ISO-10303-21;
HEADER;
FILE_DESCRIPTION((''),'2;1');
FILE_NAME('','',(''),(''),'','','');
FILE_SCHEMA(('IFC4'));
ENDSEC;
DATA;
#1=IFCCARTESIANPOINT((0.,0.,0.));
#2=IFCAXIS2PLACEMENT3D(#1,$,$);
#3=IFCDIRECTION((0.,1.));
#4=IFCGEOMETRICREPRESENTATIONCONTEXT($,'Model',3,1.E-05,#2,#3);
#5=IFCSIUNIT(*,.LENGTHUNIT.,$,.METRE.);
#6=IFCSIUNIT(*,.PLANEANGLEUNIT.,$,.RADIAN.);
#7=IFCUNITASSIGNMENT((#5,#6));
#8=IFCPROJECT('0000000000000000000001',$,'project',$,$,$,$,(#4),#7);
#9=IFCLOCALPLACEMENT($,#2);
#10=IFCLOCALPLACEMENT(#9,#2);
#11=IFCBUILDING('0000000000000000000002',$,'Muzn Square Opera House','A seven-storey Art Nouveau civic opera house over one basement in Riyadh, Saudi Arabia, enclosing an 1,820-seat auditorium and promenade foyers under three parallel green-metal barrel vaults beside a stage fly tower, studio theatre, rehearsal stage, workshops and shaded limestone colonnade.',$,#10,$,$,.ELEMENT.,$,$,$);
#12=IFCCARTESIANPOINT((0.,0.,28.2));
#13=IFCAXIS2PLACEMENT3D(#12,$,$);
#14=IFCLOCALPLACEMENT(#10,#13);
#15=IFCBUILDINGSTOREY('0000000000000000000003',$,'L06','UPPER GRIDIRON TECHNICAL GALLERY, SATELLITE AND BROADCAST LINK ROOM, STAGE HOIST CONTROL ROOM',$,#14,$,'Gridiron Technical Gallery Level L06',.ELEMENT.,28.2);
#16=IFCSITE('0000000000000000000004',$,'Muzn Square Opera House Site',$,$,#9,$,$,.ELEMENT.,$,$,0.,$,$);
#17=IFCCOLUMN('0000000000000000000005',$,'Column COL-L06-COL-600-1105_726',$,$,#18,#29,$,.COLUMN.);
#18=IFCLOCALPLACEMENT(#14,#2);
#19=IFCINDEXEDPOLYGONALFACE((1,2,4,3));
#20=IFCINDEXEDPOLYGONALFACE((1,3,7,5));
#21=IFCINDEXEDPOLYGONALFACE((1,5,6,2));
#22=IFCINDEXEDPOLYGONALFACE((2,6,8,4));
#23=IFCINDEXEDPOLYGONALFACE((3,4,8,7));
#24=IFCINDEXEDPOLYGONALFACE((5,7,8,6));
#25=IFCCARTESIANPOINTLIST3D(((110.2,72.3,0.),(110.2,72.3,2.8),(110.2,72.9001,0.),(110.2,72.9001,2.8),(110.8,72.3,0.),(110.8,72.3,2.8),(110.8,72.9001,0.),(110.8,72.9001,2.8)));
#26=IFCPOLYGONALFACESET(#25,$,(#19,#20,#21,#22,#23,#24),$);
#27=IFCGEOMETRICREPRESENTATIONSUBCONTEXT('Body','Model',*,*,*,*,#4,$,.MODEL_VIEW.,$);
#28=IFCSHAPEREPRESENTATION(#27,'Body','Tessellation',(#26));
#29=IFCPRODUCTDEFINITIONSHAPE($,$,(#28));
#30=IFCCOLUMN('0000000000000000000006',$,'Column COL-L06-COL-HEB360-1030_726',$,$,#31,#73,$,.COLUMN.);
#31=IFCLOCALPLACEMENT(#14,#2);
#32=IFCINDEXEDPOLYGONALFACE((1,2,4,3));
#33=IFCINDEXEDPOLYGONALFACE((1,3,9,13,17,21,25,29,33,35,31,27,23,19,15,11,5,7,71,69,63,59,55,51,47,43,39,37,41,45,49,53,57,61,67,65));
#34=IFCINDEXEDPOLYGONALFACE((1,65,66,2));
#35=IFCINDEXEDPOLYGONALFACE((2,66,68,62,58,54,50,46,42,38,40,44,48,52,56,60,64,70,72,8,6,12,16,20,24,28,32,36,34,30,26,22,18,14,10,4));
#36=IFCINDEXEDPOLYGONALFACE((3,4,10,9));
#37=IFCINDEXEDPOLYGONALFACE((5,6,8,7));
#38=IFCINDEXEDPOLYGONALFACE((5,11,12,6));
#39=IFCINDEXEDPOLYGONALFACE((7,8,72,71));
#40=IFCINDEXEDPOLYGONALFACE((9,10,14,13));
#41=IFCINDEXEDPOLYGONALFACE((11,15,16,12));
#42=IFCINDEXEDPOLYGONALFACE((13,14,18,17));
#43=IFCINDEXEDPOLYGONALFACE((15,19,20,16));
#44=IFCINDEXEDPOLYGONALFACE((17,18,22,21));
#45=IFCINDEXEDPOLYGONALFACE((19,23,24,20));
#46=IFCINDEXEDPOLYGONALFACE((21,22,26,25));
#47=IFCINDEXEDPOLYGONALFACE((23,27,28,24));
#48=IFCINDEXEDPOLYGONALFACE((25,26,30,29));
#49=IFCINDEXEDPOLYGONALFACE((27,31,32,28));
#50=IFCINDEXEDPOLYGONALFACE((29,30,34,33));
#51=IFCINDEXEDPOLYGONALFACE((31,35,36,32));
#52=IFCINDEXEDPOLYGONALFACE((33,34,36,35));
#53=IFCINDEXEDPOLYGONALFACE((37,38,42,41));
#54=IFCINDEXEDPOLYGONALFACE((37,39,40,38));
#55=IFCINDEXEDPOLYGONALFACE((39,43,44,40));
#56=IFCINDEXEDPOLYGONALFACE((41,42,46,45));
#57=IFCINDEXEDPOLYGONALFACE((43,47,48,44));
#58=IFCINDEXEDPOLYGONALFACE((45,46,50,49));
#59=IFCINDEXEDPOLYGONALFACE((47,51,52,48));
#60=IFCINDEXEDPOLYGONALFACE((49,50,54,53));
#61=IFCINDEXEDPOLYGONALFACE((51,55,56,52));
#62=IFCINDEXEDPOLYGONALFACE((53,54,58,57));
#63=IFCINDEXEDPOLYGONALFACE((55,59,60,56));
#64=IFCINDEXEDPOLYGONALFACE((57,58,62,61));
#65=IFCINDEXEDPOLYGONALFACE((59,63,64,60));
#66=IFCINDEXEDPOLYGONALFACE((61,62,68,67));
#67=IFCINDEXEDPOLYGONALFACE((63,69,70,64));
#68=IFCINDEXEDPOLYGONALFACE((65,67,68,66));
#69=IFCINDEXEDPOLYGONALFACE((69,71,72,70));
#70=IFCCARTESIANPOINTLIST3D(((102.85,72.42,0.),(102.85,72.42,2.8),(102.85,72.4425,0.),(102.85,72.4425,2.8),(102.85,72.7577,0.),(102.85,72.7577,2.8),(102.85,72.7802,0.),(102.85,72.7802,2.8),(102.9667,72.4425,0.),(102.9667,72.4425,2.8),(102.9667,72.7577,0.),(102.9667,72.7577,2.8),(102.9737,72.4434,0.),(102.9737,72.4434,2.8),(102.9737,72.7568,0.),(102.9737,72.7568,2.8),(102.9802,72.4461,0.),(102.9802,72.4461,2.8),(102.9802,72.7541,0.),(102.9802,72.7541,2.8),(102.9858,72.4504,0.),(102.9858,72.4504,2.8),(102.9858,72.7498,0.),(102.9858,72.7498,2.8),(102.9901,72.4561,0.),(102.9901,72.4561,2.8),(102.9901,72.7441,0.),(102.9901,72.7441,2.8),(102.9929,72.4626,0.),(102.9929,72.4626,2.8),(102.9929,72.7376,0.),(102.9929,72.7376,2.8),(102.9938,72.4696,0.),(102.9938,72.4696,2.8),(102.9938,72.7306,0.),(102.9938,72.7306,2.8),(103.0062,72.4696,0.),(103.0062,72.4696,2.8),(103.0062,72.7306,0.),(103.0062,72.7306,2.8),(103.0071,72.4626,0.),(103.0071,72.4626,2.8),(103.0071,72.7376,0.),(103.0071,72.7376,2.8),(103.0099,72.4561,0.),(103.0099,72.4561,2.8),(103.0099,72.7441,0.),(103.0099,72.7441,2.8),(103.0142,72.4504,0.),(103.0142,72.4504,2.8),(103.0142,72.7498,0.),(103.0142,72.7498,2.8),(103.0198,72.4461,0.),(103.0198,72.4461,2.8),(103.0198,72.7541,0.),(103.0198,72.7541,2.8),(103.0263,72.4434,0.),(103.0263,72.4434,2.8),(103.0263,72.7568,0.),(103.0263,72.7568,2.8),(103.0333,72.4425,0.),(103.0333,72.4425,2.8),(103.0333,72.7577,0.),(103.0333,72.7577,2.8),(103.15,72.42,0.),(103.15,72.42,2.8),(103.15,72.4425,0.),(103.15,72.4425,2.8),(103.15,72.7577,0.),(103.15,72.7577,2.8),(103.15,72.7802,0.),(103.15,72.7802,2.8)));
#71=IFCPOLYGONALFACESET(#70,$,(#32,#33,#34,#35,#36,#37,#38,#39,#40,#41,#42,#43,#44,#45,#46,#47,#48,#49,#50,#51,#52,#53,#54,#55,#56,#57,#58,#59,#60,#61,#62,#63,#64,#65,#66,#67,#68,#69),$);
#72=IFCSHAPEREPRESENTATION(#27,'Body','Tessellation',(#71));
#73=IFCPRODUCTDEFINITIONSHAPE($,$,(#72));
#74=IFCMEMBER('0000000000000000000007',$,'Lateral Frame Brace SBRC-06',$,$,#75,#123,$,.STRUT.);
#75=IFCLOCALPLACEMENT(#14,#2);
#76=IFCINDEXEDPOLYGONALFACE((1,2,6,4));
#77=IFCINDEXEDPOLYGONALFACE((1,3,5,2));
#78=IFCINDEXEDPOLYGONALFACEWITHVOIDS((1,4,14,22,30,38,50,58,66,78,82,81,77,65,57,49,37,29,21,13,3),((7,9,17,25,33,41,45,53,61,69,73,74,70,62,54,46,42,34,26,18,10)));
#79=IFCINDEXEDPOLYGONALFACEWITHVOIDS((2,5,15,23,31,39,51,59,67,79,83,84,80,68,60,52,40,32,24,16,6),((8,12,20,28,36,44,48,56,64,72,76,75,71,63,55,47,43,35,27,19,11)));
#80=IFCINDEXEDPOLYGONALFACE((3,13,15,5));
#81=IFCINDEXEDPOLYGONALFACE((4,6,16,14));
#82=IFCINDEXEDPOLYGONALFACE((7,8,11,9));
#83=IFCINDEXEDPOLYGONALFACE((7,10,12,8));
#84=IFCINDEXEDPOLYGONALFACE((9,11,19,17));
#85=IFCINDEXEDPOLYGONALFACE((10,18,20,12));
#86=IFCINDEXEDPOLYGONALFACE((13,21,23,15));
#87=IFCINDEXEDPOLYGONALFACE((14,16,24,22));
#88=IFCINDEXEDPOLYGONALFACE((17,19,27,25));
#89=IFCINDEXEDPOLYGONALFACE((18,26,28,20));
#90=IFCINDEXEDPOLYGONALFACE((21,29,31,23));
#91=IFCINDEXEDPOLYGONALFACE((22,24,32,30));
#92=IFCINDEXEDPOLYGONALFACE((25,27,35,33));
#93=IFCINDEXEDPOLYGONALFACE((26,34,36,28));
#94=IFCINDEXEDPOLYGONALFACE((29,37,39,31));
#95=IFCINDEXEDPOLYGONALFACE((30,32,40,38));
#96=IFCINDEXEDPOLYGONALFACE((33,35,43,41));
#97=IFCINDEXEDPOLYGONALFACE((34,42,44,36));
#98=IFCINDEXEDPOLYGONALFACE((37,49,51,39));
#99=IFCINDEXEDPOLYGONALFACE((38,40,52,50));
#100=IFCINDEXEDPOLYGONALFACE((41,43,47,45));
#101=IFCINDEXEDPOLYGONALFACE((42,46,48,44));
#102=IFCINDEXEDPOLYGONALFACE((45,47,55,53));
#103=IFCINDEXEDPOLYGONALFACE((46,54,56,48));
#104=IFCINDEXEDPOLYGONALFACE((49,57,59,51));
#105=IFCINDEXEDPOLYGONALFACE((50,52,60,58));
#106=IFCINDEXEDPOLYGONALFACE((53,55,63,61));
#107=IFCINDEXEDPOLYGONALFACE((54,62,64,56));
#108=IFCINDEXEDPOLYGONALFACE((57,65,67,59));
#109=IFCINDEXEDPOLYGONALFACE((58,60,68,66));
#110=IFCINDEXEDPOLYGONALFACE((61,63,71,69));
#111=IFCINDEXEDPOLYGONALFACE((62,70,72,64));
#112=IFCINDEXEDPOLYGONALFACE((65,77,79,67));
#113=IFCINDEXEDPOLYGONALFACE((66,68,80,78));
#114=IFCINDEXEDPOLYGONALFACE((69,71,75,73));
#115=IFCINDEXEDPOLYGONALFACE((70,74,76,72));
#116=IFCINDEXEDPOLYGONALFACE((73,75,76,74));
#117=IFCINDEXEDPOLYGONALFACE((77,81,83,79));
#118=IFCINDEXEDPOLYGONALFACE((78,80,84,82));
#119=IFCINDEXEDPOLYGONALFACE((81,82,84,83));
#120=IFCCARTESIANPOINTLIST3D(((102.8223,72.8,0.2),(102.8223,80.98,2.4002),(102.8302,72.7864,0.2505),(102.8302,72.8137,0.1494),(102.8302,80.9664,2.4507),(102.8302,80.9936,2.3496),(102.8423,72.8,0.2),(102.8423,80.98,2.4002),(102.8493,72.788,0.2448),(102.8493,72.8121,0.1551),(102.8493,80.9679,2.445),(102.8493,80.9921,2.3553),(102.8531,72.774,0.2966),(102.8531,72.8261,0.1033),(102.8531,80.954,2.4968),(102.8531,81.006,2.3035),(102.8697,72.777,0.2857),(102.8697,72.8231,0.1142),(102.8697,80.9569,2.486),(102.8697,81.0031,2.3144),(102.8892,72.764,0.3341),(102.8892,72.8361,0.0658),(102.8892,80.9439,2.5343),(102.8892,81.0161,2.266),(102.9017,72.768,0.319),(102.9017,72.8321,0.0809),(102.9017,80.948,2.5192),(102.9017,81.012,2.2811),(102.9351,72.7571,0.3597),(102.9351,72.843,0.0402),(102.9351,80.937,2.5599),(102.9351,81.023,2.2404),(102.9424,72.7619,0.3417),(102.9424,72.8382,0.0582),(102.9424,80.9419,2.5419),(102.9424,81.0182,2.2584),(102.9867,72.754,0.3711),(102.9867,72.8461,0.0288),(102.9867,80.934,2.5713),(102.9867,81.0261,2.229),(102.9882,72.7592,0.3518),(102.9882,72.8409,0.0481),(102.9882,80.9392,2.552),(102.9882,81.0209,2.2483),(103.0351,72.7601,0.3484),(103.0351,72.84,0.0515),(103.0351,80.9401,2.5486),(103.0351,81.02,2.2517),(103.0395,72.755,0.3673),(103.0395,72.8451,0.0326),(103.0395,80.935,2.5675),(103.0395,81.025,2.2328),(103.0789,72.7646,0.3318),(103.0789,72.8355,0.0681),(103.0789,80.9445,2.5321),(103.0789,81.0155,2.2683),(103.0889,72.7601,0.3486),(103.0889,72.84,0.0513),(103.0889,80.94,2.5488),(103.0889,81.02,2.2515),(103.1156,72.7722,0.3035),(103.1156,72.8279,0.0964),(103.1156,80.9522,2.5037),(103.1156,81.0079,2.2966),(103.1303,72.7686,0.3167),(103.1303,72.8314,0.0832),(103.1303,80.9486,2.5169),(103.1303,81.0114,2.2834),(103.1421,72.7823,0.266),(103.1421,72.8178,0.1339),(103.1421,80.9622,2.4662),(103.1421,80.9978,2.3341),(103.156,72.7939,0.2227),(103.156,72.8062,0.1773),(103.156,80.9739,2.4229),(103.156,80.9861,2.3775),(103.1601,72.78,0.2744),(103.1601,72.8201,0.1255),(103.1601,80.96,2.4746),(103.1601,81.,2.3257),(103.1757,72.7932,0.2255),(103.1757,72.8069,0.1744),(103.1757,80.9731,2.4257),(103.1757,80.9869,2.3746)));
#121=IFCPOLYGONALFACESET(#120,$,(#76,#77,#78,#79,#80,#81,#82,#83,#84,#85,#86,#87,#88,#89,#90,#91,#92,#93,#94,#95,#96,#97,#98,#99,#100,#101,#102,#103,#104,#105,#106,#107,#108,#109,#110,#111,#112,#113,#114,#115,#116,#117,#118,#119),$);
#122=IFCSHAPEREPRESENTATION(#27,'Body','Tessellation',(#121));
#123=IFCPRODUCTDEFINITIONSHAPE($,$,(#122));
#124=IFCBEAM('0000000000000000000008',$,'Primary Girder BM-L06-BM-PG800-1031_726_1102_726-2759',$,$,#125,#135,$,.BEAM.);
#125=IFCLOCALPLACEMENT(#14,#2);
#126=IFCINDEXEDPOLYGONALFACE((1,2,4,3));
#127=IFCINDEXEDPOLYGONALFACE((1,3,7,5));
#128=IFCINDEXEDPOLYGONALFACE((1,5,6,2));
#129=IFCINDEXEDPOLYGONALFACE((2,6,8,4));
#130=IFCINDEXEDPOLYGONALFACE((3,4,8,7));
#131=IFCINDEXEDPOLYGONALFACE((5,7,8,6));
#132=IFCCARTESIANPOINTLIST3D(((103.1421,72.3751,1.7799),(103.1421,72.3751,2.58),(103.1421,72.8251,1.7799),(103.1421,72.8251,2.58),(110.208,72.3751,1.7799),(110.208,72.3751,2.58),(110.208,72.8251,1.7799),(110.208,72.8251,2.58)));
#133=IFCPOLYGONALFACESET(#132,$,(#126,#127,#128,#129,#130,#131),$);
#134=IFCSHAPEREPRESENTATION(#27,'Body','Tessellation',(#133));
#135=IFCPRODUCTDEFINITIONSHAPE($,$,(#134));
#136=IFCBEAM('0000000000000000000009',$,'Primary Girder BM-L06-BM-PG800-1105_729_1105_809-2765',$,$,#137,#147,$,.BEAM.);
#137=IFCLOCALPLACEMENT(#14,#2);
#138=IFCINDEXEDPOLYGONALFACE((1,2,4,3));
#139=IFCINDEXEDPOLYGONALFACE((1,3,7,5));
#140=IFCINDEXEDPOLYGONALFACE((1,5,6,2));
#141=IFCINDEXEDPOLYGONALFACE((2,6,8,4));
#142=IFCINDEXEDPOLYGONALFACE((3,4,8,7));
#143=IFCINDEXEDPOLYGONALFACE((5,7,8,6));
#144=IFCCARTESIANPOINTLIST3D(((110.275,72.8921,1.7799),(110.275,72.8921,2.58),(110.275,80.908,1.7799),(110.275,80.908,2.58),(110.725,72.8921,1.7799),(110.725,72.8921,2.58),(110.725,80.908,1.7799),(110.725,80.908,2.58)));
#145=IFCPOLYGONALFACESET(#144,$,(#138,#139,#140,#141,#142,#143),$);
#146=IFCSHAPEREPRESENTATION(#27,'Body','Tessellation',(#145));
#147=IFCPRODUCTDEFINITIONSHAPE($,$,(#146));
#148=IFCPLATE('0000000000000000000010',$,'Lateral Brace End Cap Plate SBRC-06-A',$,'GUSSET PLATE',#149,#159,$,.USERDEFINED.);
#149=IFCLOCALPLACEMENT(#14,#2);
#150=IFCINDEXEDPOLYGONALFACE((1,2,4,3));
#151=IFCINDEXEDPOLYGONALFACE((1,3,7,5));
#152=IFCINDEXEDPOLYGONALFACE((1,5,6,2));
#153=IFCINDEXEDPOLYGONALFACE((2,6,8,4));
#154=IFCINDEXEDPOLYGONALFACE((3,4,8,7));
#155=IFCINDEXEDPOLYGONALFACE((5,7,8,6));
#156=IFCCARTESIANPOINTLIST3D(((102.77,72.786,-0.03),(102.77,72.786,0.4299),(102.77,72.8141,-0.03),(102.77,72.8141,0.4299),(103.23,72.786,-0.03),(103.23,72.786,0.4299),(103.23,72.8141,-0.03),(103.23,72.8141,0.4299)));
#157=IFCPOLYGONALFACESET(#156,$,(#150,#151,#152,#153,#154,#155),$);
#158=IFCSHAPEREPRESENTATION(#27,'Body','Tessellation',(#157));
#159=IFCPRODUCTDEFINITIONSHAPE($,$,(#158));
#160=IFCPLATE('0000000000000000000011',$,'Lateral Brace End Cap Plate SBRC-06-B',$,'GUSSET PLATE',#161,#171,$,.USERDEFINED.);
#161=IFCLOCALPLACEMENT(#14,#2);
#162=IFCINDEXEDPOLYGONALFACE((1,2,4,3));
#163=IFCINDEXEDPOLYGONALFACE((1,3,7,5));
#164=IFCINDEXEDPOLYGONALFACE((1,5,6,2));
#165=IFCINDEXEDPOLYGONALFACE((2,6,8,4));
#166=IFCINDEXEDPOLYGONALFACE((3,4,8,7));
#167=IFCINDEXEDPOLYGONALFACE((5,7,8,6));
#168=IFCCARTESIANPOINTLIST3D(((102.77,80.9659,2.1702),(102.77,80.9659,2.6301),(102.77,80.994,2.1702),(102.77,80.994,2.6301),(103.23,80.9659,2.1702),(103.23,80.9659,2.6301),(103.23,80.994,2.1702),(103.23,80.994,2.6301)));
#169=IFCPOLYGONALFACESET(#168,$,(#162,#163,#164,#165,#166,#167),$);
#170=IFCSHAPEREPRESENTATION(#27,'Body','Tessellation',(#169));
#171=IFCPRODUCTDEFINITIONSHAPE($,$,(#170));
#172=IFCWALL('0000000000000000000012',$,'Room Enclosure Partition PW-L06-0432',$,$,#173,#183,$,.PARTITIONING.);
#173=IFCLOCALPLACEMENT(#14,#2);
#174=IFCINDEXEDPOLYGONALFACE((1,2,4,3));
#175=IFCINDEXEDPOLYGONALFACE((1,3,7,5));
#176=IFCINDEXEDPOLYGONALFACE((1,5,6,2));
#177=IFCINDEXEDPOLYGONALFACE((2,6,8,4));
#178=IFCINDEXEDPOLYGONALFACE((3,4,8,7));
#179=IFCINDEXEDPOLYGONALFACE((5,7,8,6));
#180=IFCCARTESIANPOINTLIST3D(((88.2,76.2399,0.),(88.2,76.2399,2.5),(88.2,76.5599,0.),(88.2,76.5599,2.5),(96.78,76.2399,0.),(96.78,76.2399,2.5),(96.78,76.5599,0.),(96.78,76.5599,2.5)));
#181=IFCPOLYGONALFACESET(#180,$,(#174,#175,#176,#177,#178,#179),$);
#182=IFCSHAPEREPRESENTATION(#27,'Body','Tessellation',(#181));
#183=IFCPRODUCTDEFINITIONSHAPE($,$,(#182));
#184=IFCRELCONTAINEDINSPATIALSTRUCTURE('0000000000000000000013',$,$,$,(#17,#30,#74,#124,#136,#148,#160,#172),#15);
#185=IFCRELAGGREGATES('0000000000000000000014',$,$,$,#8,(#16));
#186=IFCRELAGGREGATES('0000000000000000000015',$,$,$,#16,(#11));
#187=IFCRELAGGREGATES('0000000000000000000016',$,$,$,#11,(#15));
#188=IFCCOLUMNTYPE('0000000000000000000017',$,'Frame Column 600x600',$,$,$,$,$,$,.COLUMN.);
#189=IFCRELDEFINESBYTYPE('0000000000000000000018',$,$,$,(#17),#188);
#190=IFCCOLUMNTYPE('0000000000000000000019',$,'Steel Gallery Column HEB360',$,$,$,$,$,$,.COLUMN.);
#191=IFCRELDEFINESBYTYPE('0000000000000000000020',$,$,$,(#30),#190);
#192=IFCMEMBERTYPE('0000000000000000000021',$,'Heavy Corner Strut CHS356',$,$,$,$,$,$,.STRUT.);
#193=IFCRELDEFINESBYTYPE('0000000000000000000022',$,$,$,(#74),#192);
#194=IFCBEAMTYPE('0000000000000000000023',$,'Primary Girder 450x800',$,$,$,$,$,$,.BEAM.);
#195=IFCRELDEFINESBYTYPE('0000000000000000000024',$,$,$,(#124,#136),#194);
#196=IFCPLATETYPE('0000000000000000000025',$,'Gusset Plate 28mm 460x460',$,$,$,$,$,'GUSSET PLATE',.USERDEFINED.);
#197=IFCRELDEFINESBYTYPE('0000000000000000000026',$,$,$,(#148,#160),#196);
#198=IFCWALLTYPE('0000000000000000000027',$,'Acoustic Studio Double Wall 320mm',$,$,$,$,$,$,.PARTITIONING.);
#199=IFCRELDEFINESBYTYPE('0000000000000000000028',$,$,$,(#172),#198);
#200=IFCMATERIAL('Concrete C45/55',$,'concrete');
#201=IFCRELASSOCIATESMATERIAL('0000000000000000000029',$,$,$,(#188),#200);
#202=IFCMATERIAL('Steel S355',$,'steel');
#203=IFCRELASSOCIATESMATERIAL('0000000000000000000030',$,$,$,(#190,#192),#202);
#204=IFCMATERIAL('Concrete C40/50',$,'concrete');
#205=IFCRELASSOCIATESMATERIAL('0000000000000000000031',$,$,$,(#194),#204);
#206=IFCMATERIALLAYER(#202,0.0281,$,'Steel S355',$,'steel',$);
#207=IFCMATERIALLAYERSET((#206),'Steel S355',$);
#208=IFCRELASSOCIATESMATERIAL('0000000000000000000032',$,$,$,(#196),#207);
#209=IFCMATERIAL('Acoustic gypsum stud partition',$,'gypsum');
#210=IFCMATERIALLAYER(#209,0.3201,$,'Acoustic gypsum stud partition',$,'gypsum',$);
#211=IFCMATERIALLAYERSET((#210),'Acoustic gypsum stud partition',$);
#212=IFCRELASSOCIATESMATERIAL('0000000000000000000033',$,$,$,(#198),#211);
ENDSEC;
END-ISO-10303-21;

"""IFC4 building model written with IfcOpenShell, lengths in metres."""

from ifc_helpers import new_model, si_unit, direction, frame, frame_2d, origin, origin_2d, place, context, subcontext, project, spatial, rectangle, hollow_circle, i_section, extrude, material, layer, layer_set, material_profile, profile_set, type_object, element, save


model = new_model("IFC4")

# Units and contexts
model_context = context("Model", 3, precision=1e-05, world=origin(), true_north=direction((0.0, 1.0)))
body_context = subcontext(model_context, "Body", "Model", "MODEL_VIEW")
ifc_project = project(units=[si_unit("LENGTHUNIT", "METRE"), si_unit("PLANEANGLEUNIT", "RADIAN")], contexts=[model_context])

# Site, building, storey
site_placement = place(None, origin())
site = spatial("IfcSite", under=ifc_project, at=site_placement, Name="Muzn Square Opera House Site", CompositionType="ELEMENT", RefElevation=0.0)
building_placement = place(site_placement, origin())
building = spatial("IfcBuilding", under=site, at=building_placement, Name="Muzn Square Opera House", Description="A seven-storey Art Nouveau civic opera house over one basement in Riyadh, Saudi Arabia, enclosing an 1,820-seat auditorium and promenade foyers under three parallel green-metal barrel vaults beside a stage fly tower, studio theatre, rehearsal stage, workshops and shaded limestone colonnade.", CompositionType="ELEMENT")
storey_placement = place(building_placement, frame((0.0, 0.0, 28.2)))
storey = spatial("IfcBuildingStorey", under=building, at=storey_placement, Name="L06", Description="UPPER GRIDIRON TECHNICAL GALLERY, SATELLITE AND BROADCAST LINK ROOM, STAGE HOIST CONTROL ROOM", LongName="Gridiron Technical Gallery Level L06", CompositionType="ELEMENT", Elevation=28.2)

# Columns
ifc_material_1 = material(Name="Concrete C45/55", Category="concrete")
ifc_material_profile_1 = material_profile(ifc_material_1, rectangle(XDim=0.6001, YDim=0.6001, at=origin_2d()), Name="RC 600x600", Category="concrete")
ifc_profile_set_1 = profile_set([ifc_material_profile_1], Name="Concrete C45/55")
column_type_1 = type_object("IfcColumnType", Name="Frame Column 600x600", PredefinedType="COLUMN", material=ifc_profile_set_1)
column_1_placement = place(storey_placement, frame((110.5, 72.6001, 0.0), z_axis=(0.0, 0.0, 1.0), x_axis=(1.0, 0.0, 0.0)))
element("IfcColumn", 1, at=column_1_placement, inside=storey, type_object=column_type_1, Name="Column COL-L06-COL-600-1105_726", PredefinedType="COLUMN", context=body_context, shape_type="SweptSolid", body=[
    extrude(rectangle(XDim=0.6001, YDim=0.6001, at=origin_2d()), origin(), (0.0, 0.0, 1.0), 2.8),
])
ifc_material_2 = material(Name="Steel S355", Category="steel")
ifc_material_profile_2 = material_profile(ifc_material_2, i_section(OverallWidth=0.3, OverallDepth=0.3601, WebThickness=0.0125, FlangeThickness=0.0225, FilletRadius=0.0271, at=origin_2d()), Name="HEB 360", Category="steel")
ifc_profile_set_2 = profile_set([ifc_material_profile_2], Name="Steel S355")
column_type_2 = type_object("IfcColumnType", Name="Steel Gallery Column HEB360", PredefinedType="COLUMN", material=ifc_profile_set_2)
column_2_placement = place(storey_placement, frame((103.0, 72.6001, 0.0), z_axis=(0.0, 0.0, 1.0), x_axis=(1.0, 0.0, 0.0)))
element("IfcColumn", 2, at=column_2_placement, inside=storey, type_object=column_type_2, Name="Column COL-L06-COL-HEB360-1030_726", PredefinedType="COLUMN", context=body_context, shape_type="SweptSolid", body=[
    extrude(i_section(OverallWidth=0.3, OverallDepth=0.3601, WebThickness=0.0125, FlangeThickness=0.0225, FilletRadius=0.0271, at=origin_2d()), origin(), (0.0, 0.0, 1.0), 2.8),
])

# Member
ifc_material_profile_3 = material_profile(ifc_material_2, hollow_circle(Radius=0.1777, WallThickness=0.02, at=origin_2d()), Name="CHS 355.6x20", Category="steel")
ifc_profile_set_3 = profile_set([ifc_material_profile_3], Name="Steel S355")
member_type = type_object("IfcMemberType", Name="Heavy Corner Strut CHS356", PredefinedType="STRUT", material=ifc_profile_set_3)
member_placement = place(storey_placement, frame((103.0, 72.8, 0.2), z_axis=(0.0, 0.965678, 0.259743), x_axis=(-1.0, 0.0, 0.0)))
element("IfcMember", 3, at=member_placement, inside=storey, type_object=member_type, Name="Lateral Frame Brace SBRC-06", PredefinedType="STRUT", context=body_context, shape_type="SweptSolid", body=[
    extrude(hollow_circle(Radius=0.1777, WallThickness=0.02, at=origin_2d()), origin(), (0.0, 0.0, 1.0), 8.4707),
])

# Beams
ifc_material_3 = material(Name="Concrete C40/50", Category="concrete")
ifc_material_profile_4 = material_profile(ifc_material_3, rectangle(XDim=0.45, YDim=0.8, at=origin_2d()), Name="RCB 450x800", Category="concrete")
ifc_profile_set_4 = profile_set([ifc_material_profile_4], Name="Concrete C40/50")
beam_type = type_object("IfcBeamType", Name="Primary Girder 450x800", PredefinedType="BEAM", material=ifc_profile_set_4)
beam_1_placement = place(storey_placement, frame((103.1421, 72.6001, 2.1799), z_axis=(1.0, 0.0, 0.0), x_axis=(0.0, 1.0, 0.0)))
element("IfcBeam", 4, at=beam_1_placement, inside=storey, type_object=beam_type, Name="Primary Girder BM-L06-BM-PG800-1031_726_1102_726-2759", PredefinedType="BEAM", context=body_context, shape_type="SweptSolid", body=[
    extrude(rectangle(XDim=0.45, YDim=0.8, at=origin_2d()), origin(), (0.0, 0.0, 1.0), 7.0659),
])
beam_2_placement = place(storey_placement, frame((110.5, 72.8921, 2.1799), z_axis=(0.0, 1.0, 0.0), x_axis=(-1.0, 0.0, 0.0)))
element("IfcBeam", 5, at=beam_2_placement, inside=storey, type_object=beam_type, Name="Primary Girder BM-L06-BM-PG800-1105_729_1105_809-2765", PredefinedType="BEAM", context=body_context, shape_type="SweptSolid", body=[
    extrude(rectangle(XDim=0.45, YDim=0.8, at=origin_2d()), origin(), (0.0, 0.0, 1.0), 8.0159),
])

# Plates
ifc_layer_1 = layer(ifc_material_2, 0.0281, Name="Steel S355", Category="steel")
ifc_layer_set_1 = layer_set([ifc_layer_1], Name="Steel S355")
plate_type = type_object("IfcPlateType", Name="Gusset Plate 28mm 460x460", ElementType="GUSSET PLATE", PredefinedType="USERDEFINED", material=ifc_layer_set_1)
for number, where, z_axis, x_axis, name in (
    (6, (103.0, 72.8, -0.03), (0.0, 0.0, 1.0), (1.0, 0.0, 0.0), "Lateral Brace End Cap Plate SBRC-06-A"),
    (7, (103.0, 80.98, 2.1702), (0.0, 0.0, 1.0), (1.0, 0.0, 0.0), "Lateral Brace End Cap Plate SBRC-06-B"),
):
    element("IfcPlate", number, at=place(storey_placement, frame(where, z_axis=z_axis, x_axis=x_axis)), inside=storey, type_object=plate_type, Name=name, ObjectType="GUSSET PLATE", PredefinedType="USERDEFINED", context=body_context, shape_type="SweptSolid", body=[
        extrude(rectangle(XDim=0.46, YDim=0.0281, at=origin_2d()), origin(), (0.0, 0.0, 1.0), 0.46),
    ])

# Shared definitions
ifc_material_4 = material(Name="Acoustic gypsum stud partition", Category="gypsum")
ifc_layer_2 = layer(ifc_material_4, 0.3201, Name="Acoustic gypsum stud partition", Category="gypsum")
ifc_layer_set_2 = layer_set([ifc_layer_2], Name="Acoustic gypsum stud partition")
wall_type_1 = type_object("IfcWallType", Name="Acoustic Studio Double Wall 320mm", PredefinedType="PARTITIONING", material=ifc_layer_set_2)

# Wall
wall_1_placement = place(storey_placement, frame((88.2, 76.3999, 0.0), z_axis=(0.0, 0.0, 1.0), x_axis=(1.0, 0.0, 0.0)))
element("IfcWall", 8, at=wall_1_placement, inside=storey, type_object=wall_type_1, Name="Room Enclosure Partition PW-L06-0432", PredefinedType="PARTITIONING", context=body_context, shape_type="SweptSolid", body=[
    extrude(rectangle(XDim=8.5801, YDim=0.3201, at=frame_2d((4.29, 0.0))), origin(), (0.0, 0.0, 1.0), 2.5),
])

save(model, "model.ifc")
